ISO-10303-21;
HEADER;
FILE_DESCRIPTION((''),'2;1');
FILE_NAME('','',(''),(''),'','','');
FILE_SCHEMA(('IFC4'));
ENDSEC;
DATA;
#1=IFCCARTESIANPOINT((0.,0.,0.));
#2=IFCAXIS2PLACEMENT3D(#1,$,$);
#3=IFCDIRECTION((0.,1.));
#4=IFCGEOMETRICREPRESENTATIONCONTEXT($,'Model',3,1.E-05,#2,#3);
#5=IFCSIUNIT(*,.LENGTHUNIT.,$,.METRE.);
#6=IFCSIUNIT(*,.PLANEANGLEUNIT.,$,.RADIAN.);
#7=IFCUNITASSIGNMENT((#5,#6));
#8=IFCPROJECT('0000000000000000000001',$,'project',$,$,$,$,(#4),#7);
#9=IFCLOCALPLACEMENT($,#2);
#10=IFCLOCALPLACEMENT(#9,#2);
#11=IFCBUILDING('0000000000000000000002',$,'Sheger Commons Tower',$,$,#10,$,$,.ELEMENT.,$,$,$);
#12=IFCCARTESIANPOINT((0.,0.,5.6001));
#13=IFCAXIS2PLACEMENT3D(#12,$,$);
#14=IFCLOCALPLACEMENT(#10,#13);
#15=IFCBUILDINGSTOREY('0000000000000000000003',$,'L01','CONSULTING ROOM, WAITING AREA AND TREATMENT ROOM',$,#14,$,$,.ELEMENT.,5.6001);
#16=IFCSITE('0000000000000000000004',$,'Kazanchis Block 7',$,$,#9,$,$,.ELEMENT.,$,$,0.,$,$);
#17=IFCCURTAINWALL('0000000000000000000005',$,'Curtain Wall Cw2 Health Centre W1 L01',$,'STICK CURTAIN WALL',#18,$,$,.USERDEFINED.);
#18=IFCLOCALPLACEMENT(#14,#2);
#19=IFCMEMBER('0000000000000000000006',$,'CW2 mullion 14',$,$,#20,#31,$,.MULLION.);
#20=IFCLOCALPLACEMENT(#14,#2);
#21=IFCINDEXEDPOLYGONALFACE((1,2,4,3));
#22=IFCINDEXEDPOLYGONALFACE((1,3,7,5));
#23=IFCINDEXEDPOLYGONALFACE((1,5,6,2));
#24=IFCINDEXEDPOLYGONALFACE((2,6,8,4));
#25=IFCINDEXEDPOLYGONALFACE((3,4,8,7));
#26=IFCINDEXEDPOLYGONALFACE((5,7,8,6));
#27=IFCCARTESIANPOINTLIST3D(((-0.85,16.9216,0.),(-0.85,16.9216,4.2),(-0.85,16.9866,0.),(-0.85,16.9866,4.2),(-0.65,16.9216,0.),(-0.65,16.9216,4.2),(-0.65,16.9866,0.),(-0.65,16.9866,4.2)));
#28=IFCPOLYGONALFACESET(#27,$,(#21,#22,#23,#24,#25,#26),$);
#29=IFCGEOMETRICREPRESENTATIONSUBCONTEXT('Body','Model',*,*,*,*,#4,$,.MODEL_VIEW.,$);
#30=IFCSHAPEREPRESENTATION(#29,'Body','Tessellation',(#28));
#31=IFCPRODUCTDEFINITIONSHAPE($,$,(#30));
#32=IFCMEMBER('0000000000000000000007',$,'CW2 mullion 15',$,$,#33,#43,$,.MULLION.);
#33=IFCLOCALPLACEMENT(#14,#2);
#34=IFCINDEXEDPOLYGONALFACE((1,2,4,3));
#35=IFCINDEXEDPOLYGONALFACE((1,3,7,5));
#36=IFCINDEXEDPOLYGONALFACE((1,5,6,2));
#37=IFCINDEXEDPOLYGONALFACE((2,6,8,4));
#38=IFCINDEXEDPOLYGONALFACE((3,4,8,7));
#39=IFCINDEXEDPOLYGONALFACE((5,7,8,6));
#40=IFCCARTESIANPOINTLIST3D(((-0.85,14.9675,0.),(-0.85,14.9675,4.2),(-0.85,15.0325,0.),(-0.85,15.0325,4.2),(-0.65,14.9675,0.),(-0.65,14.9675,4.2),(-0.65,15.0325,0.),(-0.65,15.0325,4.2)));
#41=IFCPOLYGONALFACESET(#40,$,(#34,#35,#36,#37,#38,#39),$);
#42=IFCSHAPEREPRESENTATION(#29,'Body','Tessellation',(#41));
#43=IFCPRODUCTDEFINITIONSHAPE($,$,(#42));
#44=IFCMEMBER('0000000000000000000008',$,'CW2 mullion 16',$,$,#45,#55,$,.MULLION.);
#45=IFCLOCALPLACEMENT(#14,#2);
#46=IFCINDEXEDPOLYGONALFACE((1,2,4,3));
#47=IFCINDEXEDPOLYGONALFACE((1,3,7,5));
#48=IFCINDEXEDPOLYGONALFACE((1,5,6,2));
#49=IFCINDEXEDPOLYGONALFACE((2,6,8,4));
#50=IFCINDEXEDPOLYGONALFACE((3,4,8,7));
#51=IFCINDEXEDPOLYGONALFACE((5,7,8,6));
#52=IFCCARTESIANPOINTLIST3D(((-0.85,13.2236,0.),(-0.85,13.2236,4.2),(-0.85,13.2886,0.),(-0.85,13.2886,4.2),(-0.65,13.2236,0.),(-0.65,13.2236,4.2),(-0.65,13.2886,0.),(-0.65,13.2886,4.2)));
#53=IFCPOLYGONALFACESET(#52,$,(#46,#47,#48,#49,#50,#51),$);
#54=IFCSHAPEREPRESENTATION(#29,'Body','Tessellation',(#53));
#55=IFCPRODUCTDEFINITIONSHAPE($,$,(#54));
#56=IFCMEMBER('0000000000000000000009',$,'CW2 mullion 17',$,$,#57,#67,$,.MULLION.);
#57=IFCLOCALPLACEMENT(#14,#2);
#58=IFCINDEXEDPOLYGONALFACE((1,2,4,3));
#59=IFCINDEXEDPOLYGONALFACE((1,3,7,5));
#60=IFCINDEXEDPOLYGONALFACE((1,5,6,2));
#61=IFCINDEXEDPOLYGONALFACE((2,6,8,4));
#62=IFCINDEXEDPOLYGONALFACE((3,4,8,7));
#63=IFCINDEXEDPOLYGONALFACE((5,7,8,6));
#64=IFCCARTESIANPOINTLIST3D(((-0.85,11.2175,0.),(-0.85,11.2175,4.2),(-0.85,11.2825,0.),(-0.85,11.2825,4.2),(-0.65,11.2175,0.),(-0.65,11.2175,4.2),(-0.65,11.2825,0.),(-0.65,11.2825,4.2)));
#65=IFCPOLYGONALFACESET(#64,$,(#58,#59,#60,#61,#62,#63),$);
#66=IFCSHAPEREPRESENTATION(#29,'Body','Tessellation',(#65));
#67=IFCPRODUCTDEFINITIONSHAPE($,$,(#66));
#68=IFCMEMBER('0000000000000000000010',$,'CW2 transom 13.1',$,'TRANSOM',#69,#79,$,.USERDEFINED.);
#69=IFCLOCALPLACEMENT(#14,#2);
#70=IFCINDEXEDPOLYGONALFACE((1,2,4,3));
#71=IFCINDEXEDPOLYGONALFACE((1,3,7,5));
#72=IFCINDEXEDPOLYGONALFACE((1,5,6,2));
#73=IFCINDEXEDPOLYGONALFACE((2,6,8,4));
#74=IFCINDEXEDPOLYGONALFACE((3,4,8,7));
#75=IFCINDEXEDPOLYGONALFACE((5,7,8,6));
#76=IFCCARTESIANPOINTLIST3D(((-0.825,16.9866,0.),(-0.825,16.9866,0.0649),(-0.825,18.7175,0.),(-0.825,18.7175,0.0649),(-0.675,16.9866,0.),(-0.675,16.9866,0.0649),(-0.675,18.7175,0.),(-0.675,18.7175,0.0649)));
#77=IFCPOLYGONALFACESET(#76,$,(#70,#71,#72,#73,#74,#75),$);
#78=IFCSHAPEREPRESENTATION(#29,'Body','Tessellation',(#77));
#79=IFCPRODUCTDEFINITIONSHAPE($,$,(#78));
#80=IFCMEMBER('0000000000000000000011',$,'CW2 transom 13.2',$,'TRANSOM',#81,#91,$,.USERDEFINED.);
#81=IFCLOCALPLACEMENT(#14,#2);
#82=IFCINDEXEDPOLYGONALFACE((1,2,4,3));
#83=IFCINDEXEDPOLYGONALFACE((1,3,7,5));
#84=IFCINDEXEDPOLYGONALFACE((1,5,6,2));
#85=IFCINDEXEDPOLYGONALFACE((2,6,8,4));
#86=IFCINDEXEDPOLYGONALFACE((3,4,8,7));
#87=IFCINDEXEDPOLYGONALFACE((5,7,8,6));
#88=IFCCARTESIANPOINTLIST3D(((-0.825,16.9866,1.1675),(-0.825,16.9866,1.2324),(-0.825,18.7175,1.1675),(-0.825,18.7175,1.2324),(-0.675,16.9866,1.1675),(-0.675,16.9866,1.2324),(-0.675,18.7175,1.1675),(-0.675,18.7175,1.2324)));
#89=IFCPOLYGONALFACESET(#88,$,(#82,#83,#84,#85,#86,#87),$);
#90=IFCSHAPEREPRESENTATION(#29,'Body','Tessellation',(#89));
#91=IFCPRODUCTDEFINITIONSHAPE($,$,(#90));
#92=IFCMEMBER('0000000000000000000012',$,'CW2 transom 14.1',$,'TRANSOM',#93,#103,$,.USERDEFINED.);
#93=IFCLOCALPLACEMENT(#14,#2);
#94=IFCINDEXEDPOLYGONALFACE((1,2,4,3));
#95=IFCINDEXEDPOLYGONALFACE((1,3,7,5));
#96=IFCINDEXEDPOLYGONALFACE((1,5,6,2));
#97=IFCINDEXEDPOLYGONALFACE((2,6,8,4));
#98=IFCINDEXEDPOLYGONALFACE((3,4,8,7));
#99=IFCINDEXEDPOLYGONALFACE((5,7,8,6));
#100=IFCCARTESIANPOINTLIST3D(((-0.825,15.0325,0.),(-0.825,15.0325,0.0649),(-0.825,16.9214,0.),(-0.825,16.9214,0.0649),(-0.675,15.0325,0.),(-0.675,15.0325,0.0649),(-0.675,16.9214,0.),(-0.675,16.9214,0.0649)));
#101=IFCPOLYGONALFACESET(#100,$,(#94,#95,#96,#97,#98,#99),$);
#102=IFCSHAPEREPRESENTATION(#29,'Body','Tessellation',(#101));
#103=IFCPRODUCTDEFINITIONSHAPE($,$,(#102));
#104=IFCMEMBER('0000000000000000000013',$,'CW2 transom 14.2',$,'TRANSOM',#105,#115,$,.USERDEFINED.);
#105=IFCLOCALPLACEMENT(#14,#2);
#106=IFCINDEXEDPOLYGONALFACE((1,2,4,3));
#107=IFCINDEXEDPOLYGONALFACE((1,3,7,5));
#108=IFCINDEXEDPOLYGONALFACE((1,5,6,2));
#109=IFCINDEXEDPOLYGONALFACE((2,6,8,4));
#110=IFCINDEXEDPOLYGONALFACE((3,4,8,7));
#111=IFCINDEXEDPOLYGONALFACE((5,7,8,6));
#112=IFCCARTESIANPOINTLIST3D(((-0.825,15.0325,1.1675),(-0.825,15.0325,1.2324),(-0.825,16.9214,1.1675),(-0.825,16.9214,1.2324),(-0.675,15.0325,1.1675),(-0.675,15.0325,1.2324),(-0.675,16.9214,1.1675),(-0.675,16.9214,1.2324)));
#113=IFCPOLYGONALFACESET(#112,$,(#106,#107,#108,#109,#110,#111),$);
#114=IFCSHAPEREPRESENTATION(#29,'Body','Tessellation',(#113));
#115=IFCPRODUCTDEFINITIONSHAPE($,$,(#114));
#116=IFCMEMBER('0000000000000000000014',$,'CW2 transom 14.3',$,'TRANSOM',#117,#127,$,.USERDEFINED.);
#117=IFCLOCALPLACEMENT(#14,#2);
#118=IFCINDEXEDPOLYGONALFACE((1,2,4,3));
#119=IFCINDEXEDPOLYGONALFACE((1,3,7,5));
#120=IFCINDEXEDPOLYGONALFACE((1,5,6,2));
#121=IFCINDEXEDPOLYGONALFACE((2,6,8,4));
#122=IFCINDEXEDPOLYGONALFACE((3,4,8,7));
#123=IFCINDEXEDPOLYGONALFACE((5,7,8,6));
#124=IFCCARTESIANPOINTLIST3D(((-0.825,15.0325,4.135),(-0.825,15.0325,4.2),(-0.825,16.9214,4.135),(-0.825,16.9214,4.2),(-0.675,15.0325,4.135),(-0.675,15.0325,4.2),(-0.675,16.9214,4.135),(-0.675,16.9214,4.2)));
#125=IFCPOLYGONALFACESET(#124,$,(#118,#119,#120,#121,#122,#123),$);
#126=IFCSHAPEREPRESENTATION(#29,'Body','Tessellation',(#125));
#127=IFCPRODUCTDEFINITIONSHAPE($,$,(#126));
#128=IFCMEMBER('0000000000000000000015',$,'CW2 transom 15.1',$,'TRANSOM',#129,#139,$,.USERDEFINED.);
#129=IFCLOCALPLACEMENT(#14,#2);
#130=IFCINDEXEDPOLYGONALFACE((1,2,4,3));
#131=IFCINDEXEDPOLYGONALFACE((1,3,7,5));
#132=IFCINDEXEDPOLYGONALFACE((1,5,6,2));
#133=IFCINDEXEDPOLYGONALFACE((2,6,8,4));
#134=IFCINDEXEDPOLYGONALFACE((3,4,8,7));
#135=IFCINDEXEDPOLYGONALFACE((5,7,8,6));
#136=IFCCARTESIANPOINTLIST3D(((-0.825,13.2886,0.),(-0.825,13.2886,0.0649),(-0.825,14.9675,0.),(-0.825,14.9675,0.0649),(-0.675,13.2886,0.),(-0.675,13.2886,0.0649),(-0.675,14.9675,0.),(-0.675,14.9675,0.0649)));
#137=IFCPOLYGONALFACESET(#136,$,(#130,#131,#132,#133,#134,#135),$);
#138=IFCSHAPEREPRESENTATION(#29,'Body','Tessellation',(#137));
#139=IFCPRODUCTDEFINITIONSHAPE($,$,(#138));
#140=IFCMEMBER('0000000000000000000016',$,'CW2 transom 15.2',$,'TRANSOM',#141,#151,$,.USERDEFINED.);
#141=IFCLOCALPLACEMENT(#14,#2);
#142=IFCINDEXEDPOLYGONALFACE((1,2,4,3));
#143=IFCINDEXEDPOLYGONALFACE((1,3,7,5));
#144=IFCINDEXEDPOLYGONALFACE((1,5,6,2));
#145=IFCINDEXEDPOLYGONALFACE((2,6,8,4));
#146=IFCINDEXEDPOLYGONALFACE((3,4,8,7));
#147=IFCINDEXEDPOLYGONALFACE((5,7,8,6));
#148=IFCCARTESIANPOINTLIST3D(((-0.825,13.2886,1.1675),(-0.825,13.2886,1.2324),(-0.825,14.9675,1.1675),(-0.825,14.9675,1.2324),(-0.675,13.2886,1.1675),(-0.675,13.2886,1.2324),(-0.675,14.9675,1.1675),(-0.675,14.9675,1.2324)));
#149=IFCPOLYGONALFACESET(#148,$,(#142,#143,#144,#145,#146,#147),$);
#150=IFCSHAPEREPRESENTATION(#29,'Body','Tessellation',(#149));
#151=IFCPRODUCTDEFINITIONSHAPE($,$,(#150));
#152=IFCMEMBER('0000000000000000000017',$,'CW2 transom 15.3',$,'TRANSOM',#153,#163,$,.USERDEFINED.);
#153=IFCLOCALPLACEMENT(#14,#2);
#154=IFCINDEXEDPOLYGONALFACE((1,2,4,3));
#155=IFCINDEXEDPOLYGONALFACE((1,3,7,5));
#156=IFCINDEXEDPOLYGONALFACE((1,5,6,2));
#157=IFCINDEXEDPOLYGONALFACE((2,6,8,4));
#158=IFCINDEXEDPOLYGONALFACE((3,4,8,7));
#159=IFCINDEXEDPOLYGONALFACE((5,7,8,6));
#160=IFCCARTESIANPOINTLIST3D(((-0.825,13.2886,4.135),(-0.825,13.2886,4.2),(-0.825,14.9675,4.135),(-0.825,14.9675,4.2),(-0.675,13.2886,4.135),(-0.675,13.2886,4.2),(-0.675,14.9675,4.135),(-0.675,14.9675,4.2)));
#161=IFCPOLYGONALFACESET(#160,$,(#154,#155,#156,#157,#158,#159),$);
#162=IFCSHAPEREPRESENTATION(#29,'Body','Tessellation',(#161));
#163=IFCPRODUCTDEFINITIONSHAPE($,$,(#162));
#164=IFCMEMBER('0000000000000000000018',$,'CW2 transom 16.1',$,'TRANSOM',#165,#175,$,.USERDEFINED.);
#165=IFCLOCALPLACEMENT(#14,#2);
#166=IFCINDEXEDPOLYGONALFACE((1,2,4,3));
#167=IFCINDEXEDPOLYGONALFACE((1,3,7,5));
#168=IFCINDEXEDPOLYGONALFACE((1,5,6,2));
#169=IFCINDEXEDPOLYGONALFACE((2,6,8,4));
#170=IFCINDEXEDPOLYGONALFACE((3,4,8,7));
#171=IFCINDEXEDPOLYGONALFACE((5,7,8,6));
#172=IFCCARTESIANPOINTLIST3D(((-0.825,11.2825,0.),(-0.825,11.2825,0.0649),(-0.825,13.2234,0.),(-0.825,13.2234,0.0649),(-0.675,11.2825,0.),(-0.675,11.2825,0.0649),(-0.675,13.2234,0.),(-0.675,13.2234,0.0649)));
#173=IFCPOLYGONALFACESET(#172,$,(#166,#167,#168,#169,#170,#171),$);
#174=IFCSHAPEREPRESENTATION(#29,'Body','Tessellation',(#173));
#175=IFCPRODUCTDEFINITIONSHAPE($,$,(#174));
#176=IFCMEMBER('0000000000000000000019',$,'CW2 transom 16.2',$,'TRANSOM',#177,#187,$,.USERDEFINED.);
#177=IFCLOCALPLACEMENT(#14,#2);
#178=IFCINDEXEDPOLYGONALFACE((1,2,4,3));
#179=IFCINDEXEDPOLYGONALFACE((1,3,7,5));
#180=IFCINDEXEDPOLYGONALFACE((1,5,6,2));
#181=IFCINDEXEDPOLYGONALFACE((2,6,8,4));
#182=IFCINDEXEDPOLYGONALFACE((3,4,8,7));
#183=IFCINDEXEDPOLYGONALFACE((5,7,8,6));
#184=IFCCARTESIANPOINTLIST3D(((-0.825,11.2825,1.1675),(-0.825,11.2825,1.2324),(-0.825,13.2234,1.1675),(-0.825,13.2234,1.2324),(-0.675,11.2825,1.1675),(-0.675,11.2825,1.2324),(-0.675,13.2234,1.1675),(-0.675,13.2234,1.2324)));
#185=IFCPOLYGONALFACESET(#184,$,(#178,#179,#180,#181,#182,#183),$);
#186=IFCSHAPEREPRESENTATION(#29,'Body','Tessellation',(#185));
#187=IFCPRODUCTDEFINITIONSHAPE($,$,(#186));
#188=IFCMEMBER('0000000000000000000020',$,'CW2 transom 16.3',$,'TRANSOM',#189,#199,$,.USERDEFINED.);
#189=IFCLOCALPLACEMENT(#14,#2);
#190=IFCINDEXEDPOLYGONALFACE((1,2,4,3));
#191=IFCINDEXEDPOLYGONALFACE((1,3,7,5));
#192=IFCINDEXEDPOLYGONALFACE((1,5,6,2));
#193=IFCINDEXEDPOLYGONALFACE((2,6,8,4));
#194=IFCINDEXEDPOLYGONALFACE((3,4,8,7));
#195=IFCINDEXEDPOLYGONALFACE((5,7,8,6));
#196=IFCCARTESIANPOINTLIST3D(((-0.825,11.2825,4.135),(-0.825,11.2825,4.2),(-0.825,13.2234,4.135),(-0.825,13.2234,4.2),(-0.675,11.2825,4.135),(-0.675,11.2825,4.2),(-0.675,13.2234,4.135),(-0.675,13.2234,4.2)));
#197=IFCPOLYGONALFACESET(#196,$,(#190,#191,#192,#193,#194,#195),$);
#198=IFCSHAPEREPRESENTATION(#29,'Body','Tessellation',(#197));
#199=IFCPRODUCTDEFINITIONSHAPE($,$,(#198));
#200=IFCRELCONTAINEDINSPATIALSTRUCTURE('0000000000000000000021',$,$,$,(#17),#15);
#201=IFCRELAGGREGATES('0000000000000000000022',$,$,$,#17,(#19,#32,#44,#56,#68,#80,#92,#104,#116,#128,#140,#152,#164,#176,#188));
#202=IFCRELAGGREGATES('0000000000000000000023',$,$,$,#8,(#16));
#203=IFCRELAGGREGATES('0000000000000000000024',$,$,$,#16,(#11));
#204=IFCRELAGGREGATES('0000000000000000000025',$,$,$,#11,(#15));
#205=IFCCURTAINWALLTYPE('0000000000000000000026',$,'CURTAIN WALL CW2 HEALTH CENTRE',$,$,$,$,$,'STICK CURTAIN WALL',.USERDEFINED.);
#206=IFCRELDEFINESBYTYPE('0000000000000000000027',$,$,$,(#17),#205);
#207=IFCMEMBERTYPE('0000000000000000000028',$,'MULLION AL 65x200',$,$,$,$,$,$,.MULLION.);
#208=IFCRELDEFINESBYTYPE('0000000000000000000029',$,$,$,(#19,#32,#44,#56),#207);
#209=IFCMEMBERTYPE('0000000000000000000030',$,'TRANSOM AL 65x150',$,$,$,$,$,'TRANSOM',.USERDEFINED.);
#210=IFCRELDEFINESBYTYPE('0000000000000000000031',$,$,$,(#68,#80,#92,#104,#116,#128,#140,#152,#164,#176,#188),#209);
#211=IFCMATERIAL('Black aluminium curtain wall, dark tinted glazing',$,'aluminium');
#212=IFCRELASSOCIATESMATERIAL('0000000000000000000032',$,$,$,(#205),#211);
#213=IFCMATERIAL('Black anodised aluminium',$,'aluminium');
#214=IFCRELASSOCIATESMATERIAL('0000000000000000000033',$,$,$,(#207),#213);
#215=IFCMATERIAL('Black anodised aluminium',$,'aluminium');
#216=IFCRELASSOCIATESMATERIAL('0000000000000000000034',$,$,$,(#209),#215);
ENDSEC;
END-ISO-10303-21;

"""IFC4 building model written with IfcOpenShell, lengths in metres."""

from ifc_helpers import new_model, si_unit, direction, frame, origin, origin_2d, place, context, subcontext, project, spatial, rectangle, extrude, material, material_profile, profile_set, type_object, element, aggregate, save


model = new_model("IFC4")

# Units and contexts
model_context = context("Model", 3, precision=1e-05, world=origin(), true_north=direction((0.0, 1.0)))
body_context = subcontext(model_context, "Body", "Model", "MODEL_VIEW")
ifc_project = project(units=[si_unit("LENGTHUNIT", "METRE"), si_unit("PLANEANGLEUNIT", "RADIAN")], contexts=[model_context])

# Site, building, storey
site_placement = place(None, origin())
site = spatial("IfcSite", under=ifc_project, at=site_placement, Name="Kazanchis Block 7", CompositionType="ELEMENT", RefElevation=0.0)
building_placement = place(site_placement, origin())
building = spatial("IfcBuilding", under=site, at=building_placement, Name="Sheger Commons Tower", CompositionType="ELEMENT")
storey_placement = place(building_placement, frame((0.0, 0.0, 5.6001)))
storey = spatial("IfcBuildingStorey", under=building, at=storey_placement, Name="L01", Description="CONSULTING ROOM, WAITING AREA AND TREATMENT ROOM", CompositionType="ELEMENT", Elevation=5.6001)

# Curtain wall, members
ifc_material_1 = material(Name="Black aluminium curtain wall, dark tinted glazing", Category="aluminium")
curtain_wall_type = type_object("IfcCurtainWallType", Name="CURTAIN WALL CW2 HEALTH CENTRE", ElementType="STICK CURTAIN WALL", PredefinedType="USERDEFINED", material=ifc_material_1)
curtain_wall_placement = place(storey_placement, origin())
curtain_wall = element("IfcCurtainWall", 1, at=curtain_wall_placement, inside=storey, type_object=curtain_wall_type, Name="Curtain Wall Cw2 Health Centre W1 L01", ObjectType="STICK CURTAIN WALL", PredefinedType="USERDEFINED")
ifc_material_2 = material(Name="Black anodised aluminium", Category="aluminium")
ifc_material_profile_1 = material_profile(ifc_material_2, rectangle(XDim=0.2, YDim=0.0649, at=origin_2d()), Name="AL 65x200")
ifc_profile_set_1 = profile_set([ifc_material_profile_1], Name="Black anodised aluminium")
member_type_1 = type_object("IfcMemberType", Name="MULLION AL 65x200", PredefinedType="MULLION", material=ifc_profile_set_1)
member_1_placement = place(storey_placement, frame((-0.75, 16.9541, 0.0), z_axis=(0.0, 0.0, 1.0), x_axis=(1.0, 0.0, 0.0)))
member_1 = element("IfcMember", 2, at=member_1_placement, type_object=member_type_1, Name="CW2 mullion 14", PredefinedType="MULLION", context=body_context, shape_type="SweptSolid", body=[
    extrude(rectangle(XDim=0.2, YDim=0.0649, at=origin_2d()), origin(), (0.0, 0.0, 1.0), 4.2),
])
member_2_placement = place(storey_placement, frame((-0.75, 15.0, 0.0), z_axis=(0.0, 0.0, 1.0), x_axis=(1.0, 0.0, 0.0)))
member_2 = element("IfcMember", 3, at=member_2_placement, type_object=member_type_1, Name="CW2 mullion 15", PredefinedType="MULLION", context=body_context, shape_type="SweptSolid", body=[
    extrude(rectangle(XDim=0.2, YDim=0.0649, at=origin_2d()), origin(), (0.0, 0.0, 1.0), 4.2),
])
member_3_placement = place(storey_placement, frame((-0.75, 13.2561, 0.0), z_axis=(0.0, 0.0, 1.0), x_axis=(1.0, 0.0, 0.0)))
member_3 = element("IfcMember", 4, at=member_3_placement, type_object=member_type_1, Name="CW2 mullion 16", PredefinedType="MULLION", context=body_context, shape_type="SweptSolid", body=[
    extrude(rectangle(XDim=0.2, YDim=0.0649, at=origin_2d()), origin(), (0.0, 0.0, 1.0), 4.2),
])
member_4_placement = place(storey_placement, frame((-0.75, 11.25, 0.0), z_axis=(0.0, 0.0, 1.0), x_axis=(1.0, 0.0, 0.0)))
member_4 = element("IfcMember", 5, at=member_4_placement, type_object=member_type_1, Name="CW2 mullion 17", PredefinedType="MULLION", context=body_context, shape_type="SweptSolid", body=[
    extrude(rectangle(XDim=0.2, YDim=0.0649, at=origin_2d()), origin(), (0.0, 0.0, 1.0), 4.2),
])
ifc_material_3 = material(Name="Black anodised aluminium", Category="aluminium")
ifc_material_profile_2 = material_profile(ifc_material_3, rectangle(XDim=0.1499, YDim=0.0649, at=origin_2d()), Name="AL 65x150")
ifc_profile_set_2 = profile_set([ifc_material_profile_2], Name="Black anodised aluminium")
member_type_2 = type_object("IfcMemberType", Name="TRANSOM AL 65x150", ElementType="TRANSOM", PredefinedType="USERDEFINED", material=ifc_profile_set_2)
member_5_placement = place(storey_placement, frame((-0.75, 18.7175, 0.0325), z_axis=(0.0, -1.0, 0.0), x_axis=(1.0, 0.0, 0.0)))
member_5 = element("IfcMember", 6, at=member_5_placement, type_object=member_type_2, Name="CW2 transom 13.1", ObjectType="TRANSOM", PredefinedType="USERDEFINED", context=body_context, shape_type="SweptSolid", body=[
    extrude(rectangle(XDim=0.1499, YDim=0.0649, at=origin_2d()), origin(), (0.0, 0.0, 1.0), 1.731),
])
member_6_placement = place(storey_placement, frame((-0.75, 18.7175, 1.2), z_axis=(0.0, -1.0, 0.0), x_axis=(1.0, 0.0, 0.0)))
member_6 = element("IfcMember", 7, at=member_6_placement, type_object=member_type_2, Name="CW2 transom 13.2", ObjectType="TRANSOM", PredefinedType="USERDEFINED", context=body_context, shape_type="SweptSolid", body=[
    extrude(rectangle(XDim=0.1499, YDim=0.0649, at=origin_2d()), origin(), (0.0, 0.0, 1.0), 1.731),
])
member_7_placement = place(storey_placement, frame((-0.75, 16.9214, 0.0325), z_axis=(0.0, -1.0, 0.0), x_axis=(1.0, 0.0, 0.0)))
member_7 = element("IfcMember", 8, at=member_7_placement, type_object=member_type_2, Name="CW2 transom 14.1", ObjectType="TRANSOM", PredefinedType="USERDEFINED", context=body_context, shape_type="SweptSolid", body=[
    extrude(rectangle(XDim=0.1499, YDim=0.0649, at=origin_2d()), origin(), (0.0, 0.0, 1.0), 1.8889),
])
member_8_placement = place(storey_placement, frame((-0.75, 16.9214, 1.2), z_axis=(0.0, -1.0, 0.0), x_axis=(1.0, 0.0, 0.0)))
member_8 = element("IfcMember", 9, at=member_8_placement, type_object=member_type_2, Name="CW2 transom 14.2", ObjectType="TRANSOM", PredefinedType="USERDEFINED", context=body_context, shape_type="SweptSolid", body=[
    extrude(rectangle(XDim=0.1499, YDim=0.0649, at=origin_2d()), origin(), (0.0, 0.0, 1.0), 1.8889),
])
member_9_placement = place(storey_placement, frame((-0.75, 16.9214, 4.1675), z_axis=(0.0, -1.0, 0.0), x_axis=(1.0, 0.0, 0.0)))
member_9 = element("IfcMember", 10, at=member_9_placement, type_object=member_type_2, Name="CW2 transom 14.3", ObjectType="TRANSOM", PredefinedType="USERDEFINED", context=body_context, shape_type="SweptSolid", body=[
    extrude(rectangle(XDim=0.1499, YDim=0.0649, at=origin_2d()), origin(), (0.0, 0.0, 1.0), 1.8889),
])
member_10_placement = place(storey_placement, frame((-0.75, 14.9675, 0.0325), z_axis=(0.0, -1.0, 0.0), x_axis=(1.0, 0.0, 0.0)))
member_10 = element("IfcMember", 11, at=member_10_placement, type_object=member_type_2, Name="CW2 transom 15.1", ObjectType="TRANSOM", PredefinedType="USERDEFINED", context=body_context, shape_type="SweptSolid", body=[
    extrude(rectangle(XDim=0.1499, YDim=0.0649, at=origin_2d()), origin(), (0.0, 0.0, 1.0), 1.679),
])
member_11_placement = place(storey_placement, frame((-0.75, 14.9675, 1.2), z_axis=(0.0, -1.0, 0.0), x_axis=(1.0, 0.0, 0.0)))
member_11 = element("IfcMember", 12, at=member_11_placement, type_object=member_type_2, Name="CW2 transom 15.2", ObjectType="TRANSOM", PredefinedType="USERDEFINED", context=body_context, shape_type="SweptSolid", body=[
    extrude(rectangle(XDim=0.1499, YDim=0.0649, at=origin_2d()), origin(), (0.0, 0.0, 1.0), 1.679),
])
member_12_placement = place(storey_placement, frame((-0.75, 14.9675, 4.1675), z_axis=(0.0, -1.0, 0.0), x_axis=(1.0, 0.0, 0.0)))
member_12 = element("IfcMember", 13, at=member_12_placement, type_object=member_type_2, Name="CW2 transom 15.3", ObjectType="TRANSOM", PredefinedType="USERDEFINED", context=body_context, shape_type="SweptSolid", body=[
    extrude(rectangle(XDim=0.1499, YDim=0.0649, at=origin_2d()), origin(), (0.0, 0.0, 1.0), 1.679),
])
member_13_placement = place(storey_placement, frame((-0.75, 13.2234, 0.0325), z_axis=(0.0, -1.0, 0.0), x_axis=(1.0, 0.0, 0.0)))
member_13 = element("IfcMember", 14, at=member_13_placement, type_object=member_type_2, Name="CW2 transom 16.1", ObjectType="TRANSOM", PredefinedType="USERDEFINED", context=body_context, shape_type="SweptSolid", body=[
    extrude(rectangle(XDim=0.1499, YDim=0.0649, at=origin_2d()), origin(), (0.0, 0.0, 1.0), 1.9409),
])
member_14_placement = place(storey_placement, frame((-0.75, 13.2234, 1.2), z_axis=(0.0, -1.0, 0.0), x_axis=(1.0, 0.0, 0.0)))
member_14 = element("IfcMember", 15, at=member_14_placement, type_object=member_type_2, Name="CW2 transom 16.2", ObjectType="TRANSOM", PredefinedType="USERDEFINED", context=body_context, shape_type="SweptSolid", body=[
    extrude(rectangle(XDim=0.1499, YDim=0.0649, at=origin_2d()), origin(), (0.0, 0.0, 1.0), 1.9409),
])
member_15_placement = place(storey_placement, frame((-0.75, 13.2234, 4.1675), z_axis=(0.0, -1.0, 0.0), x_axis=(1.0, 0.0, 0.0)))
member_15 = element("IfcMember", 16, at=member_15_placement, type_object=member_type_2, Name="CW2 transom 16.3", ObjectType="TRANSOM", PredefinedType="USERDEFINED", context=body_context, shape_type="SweptSolid", body=[
    extrude(rectangle(XDim=0.1499, YDim=0.0649, at=origin_2d()), origin(), (0.0, 0.0, 1.0), 1.9409),
])
aggregate(curtain_wall, [member_1, member_2, member_3, member_4, member_5, member_6, member_7, member_8, member_9, member_10, member_11, member_12, member_13, member_14, member_15])

save(model, "model.ifc")
